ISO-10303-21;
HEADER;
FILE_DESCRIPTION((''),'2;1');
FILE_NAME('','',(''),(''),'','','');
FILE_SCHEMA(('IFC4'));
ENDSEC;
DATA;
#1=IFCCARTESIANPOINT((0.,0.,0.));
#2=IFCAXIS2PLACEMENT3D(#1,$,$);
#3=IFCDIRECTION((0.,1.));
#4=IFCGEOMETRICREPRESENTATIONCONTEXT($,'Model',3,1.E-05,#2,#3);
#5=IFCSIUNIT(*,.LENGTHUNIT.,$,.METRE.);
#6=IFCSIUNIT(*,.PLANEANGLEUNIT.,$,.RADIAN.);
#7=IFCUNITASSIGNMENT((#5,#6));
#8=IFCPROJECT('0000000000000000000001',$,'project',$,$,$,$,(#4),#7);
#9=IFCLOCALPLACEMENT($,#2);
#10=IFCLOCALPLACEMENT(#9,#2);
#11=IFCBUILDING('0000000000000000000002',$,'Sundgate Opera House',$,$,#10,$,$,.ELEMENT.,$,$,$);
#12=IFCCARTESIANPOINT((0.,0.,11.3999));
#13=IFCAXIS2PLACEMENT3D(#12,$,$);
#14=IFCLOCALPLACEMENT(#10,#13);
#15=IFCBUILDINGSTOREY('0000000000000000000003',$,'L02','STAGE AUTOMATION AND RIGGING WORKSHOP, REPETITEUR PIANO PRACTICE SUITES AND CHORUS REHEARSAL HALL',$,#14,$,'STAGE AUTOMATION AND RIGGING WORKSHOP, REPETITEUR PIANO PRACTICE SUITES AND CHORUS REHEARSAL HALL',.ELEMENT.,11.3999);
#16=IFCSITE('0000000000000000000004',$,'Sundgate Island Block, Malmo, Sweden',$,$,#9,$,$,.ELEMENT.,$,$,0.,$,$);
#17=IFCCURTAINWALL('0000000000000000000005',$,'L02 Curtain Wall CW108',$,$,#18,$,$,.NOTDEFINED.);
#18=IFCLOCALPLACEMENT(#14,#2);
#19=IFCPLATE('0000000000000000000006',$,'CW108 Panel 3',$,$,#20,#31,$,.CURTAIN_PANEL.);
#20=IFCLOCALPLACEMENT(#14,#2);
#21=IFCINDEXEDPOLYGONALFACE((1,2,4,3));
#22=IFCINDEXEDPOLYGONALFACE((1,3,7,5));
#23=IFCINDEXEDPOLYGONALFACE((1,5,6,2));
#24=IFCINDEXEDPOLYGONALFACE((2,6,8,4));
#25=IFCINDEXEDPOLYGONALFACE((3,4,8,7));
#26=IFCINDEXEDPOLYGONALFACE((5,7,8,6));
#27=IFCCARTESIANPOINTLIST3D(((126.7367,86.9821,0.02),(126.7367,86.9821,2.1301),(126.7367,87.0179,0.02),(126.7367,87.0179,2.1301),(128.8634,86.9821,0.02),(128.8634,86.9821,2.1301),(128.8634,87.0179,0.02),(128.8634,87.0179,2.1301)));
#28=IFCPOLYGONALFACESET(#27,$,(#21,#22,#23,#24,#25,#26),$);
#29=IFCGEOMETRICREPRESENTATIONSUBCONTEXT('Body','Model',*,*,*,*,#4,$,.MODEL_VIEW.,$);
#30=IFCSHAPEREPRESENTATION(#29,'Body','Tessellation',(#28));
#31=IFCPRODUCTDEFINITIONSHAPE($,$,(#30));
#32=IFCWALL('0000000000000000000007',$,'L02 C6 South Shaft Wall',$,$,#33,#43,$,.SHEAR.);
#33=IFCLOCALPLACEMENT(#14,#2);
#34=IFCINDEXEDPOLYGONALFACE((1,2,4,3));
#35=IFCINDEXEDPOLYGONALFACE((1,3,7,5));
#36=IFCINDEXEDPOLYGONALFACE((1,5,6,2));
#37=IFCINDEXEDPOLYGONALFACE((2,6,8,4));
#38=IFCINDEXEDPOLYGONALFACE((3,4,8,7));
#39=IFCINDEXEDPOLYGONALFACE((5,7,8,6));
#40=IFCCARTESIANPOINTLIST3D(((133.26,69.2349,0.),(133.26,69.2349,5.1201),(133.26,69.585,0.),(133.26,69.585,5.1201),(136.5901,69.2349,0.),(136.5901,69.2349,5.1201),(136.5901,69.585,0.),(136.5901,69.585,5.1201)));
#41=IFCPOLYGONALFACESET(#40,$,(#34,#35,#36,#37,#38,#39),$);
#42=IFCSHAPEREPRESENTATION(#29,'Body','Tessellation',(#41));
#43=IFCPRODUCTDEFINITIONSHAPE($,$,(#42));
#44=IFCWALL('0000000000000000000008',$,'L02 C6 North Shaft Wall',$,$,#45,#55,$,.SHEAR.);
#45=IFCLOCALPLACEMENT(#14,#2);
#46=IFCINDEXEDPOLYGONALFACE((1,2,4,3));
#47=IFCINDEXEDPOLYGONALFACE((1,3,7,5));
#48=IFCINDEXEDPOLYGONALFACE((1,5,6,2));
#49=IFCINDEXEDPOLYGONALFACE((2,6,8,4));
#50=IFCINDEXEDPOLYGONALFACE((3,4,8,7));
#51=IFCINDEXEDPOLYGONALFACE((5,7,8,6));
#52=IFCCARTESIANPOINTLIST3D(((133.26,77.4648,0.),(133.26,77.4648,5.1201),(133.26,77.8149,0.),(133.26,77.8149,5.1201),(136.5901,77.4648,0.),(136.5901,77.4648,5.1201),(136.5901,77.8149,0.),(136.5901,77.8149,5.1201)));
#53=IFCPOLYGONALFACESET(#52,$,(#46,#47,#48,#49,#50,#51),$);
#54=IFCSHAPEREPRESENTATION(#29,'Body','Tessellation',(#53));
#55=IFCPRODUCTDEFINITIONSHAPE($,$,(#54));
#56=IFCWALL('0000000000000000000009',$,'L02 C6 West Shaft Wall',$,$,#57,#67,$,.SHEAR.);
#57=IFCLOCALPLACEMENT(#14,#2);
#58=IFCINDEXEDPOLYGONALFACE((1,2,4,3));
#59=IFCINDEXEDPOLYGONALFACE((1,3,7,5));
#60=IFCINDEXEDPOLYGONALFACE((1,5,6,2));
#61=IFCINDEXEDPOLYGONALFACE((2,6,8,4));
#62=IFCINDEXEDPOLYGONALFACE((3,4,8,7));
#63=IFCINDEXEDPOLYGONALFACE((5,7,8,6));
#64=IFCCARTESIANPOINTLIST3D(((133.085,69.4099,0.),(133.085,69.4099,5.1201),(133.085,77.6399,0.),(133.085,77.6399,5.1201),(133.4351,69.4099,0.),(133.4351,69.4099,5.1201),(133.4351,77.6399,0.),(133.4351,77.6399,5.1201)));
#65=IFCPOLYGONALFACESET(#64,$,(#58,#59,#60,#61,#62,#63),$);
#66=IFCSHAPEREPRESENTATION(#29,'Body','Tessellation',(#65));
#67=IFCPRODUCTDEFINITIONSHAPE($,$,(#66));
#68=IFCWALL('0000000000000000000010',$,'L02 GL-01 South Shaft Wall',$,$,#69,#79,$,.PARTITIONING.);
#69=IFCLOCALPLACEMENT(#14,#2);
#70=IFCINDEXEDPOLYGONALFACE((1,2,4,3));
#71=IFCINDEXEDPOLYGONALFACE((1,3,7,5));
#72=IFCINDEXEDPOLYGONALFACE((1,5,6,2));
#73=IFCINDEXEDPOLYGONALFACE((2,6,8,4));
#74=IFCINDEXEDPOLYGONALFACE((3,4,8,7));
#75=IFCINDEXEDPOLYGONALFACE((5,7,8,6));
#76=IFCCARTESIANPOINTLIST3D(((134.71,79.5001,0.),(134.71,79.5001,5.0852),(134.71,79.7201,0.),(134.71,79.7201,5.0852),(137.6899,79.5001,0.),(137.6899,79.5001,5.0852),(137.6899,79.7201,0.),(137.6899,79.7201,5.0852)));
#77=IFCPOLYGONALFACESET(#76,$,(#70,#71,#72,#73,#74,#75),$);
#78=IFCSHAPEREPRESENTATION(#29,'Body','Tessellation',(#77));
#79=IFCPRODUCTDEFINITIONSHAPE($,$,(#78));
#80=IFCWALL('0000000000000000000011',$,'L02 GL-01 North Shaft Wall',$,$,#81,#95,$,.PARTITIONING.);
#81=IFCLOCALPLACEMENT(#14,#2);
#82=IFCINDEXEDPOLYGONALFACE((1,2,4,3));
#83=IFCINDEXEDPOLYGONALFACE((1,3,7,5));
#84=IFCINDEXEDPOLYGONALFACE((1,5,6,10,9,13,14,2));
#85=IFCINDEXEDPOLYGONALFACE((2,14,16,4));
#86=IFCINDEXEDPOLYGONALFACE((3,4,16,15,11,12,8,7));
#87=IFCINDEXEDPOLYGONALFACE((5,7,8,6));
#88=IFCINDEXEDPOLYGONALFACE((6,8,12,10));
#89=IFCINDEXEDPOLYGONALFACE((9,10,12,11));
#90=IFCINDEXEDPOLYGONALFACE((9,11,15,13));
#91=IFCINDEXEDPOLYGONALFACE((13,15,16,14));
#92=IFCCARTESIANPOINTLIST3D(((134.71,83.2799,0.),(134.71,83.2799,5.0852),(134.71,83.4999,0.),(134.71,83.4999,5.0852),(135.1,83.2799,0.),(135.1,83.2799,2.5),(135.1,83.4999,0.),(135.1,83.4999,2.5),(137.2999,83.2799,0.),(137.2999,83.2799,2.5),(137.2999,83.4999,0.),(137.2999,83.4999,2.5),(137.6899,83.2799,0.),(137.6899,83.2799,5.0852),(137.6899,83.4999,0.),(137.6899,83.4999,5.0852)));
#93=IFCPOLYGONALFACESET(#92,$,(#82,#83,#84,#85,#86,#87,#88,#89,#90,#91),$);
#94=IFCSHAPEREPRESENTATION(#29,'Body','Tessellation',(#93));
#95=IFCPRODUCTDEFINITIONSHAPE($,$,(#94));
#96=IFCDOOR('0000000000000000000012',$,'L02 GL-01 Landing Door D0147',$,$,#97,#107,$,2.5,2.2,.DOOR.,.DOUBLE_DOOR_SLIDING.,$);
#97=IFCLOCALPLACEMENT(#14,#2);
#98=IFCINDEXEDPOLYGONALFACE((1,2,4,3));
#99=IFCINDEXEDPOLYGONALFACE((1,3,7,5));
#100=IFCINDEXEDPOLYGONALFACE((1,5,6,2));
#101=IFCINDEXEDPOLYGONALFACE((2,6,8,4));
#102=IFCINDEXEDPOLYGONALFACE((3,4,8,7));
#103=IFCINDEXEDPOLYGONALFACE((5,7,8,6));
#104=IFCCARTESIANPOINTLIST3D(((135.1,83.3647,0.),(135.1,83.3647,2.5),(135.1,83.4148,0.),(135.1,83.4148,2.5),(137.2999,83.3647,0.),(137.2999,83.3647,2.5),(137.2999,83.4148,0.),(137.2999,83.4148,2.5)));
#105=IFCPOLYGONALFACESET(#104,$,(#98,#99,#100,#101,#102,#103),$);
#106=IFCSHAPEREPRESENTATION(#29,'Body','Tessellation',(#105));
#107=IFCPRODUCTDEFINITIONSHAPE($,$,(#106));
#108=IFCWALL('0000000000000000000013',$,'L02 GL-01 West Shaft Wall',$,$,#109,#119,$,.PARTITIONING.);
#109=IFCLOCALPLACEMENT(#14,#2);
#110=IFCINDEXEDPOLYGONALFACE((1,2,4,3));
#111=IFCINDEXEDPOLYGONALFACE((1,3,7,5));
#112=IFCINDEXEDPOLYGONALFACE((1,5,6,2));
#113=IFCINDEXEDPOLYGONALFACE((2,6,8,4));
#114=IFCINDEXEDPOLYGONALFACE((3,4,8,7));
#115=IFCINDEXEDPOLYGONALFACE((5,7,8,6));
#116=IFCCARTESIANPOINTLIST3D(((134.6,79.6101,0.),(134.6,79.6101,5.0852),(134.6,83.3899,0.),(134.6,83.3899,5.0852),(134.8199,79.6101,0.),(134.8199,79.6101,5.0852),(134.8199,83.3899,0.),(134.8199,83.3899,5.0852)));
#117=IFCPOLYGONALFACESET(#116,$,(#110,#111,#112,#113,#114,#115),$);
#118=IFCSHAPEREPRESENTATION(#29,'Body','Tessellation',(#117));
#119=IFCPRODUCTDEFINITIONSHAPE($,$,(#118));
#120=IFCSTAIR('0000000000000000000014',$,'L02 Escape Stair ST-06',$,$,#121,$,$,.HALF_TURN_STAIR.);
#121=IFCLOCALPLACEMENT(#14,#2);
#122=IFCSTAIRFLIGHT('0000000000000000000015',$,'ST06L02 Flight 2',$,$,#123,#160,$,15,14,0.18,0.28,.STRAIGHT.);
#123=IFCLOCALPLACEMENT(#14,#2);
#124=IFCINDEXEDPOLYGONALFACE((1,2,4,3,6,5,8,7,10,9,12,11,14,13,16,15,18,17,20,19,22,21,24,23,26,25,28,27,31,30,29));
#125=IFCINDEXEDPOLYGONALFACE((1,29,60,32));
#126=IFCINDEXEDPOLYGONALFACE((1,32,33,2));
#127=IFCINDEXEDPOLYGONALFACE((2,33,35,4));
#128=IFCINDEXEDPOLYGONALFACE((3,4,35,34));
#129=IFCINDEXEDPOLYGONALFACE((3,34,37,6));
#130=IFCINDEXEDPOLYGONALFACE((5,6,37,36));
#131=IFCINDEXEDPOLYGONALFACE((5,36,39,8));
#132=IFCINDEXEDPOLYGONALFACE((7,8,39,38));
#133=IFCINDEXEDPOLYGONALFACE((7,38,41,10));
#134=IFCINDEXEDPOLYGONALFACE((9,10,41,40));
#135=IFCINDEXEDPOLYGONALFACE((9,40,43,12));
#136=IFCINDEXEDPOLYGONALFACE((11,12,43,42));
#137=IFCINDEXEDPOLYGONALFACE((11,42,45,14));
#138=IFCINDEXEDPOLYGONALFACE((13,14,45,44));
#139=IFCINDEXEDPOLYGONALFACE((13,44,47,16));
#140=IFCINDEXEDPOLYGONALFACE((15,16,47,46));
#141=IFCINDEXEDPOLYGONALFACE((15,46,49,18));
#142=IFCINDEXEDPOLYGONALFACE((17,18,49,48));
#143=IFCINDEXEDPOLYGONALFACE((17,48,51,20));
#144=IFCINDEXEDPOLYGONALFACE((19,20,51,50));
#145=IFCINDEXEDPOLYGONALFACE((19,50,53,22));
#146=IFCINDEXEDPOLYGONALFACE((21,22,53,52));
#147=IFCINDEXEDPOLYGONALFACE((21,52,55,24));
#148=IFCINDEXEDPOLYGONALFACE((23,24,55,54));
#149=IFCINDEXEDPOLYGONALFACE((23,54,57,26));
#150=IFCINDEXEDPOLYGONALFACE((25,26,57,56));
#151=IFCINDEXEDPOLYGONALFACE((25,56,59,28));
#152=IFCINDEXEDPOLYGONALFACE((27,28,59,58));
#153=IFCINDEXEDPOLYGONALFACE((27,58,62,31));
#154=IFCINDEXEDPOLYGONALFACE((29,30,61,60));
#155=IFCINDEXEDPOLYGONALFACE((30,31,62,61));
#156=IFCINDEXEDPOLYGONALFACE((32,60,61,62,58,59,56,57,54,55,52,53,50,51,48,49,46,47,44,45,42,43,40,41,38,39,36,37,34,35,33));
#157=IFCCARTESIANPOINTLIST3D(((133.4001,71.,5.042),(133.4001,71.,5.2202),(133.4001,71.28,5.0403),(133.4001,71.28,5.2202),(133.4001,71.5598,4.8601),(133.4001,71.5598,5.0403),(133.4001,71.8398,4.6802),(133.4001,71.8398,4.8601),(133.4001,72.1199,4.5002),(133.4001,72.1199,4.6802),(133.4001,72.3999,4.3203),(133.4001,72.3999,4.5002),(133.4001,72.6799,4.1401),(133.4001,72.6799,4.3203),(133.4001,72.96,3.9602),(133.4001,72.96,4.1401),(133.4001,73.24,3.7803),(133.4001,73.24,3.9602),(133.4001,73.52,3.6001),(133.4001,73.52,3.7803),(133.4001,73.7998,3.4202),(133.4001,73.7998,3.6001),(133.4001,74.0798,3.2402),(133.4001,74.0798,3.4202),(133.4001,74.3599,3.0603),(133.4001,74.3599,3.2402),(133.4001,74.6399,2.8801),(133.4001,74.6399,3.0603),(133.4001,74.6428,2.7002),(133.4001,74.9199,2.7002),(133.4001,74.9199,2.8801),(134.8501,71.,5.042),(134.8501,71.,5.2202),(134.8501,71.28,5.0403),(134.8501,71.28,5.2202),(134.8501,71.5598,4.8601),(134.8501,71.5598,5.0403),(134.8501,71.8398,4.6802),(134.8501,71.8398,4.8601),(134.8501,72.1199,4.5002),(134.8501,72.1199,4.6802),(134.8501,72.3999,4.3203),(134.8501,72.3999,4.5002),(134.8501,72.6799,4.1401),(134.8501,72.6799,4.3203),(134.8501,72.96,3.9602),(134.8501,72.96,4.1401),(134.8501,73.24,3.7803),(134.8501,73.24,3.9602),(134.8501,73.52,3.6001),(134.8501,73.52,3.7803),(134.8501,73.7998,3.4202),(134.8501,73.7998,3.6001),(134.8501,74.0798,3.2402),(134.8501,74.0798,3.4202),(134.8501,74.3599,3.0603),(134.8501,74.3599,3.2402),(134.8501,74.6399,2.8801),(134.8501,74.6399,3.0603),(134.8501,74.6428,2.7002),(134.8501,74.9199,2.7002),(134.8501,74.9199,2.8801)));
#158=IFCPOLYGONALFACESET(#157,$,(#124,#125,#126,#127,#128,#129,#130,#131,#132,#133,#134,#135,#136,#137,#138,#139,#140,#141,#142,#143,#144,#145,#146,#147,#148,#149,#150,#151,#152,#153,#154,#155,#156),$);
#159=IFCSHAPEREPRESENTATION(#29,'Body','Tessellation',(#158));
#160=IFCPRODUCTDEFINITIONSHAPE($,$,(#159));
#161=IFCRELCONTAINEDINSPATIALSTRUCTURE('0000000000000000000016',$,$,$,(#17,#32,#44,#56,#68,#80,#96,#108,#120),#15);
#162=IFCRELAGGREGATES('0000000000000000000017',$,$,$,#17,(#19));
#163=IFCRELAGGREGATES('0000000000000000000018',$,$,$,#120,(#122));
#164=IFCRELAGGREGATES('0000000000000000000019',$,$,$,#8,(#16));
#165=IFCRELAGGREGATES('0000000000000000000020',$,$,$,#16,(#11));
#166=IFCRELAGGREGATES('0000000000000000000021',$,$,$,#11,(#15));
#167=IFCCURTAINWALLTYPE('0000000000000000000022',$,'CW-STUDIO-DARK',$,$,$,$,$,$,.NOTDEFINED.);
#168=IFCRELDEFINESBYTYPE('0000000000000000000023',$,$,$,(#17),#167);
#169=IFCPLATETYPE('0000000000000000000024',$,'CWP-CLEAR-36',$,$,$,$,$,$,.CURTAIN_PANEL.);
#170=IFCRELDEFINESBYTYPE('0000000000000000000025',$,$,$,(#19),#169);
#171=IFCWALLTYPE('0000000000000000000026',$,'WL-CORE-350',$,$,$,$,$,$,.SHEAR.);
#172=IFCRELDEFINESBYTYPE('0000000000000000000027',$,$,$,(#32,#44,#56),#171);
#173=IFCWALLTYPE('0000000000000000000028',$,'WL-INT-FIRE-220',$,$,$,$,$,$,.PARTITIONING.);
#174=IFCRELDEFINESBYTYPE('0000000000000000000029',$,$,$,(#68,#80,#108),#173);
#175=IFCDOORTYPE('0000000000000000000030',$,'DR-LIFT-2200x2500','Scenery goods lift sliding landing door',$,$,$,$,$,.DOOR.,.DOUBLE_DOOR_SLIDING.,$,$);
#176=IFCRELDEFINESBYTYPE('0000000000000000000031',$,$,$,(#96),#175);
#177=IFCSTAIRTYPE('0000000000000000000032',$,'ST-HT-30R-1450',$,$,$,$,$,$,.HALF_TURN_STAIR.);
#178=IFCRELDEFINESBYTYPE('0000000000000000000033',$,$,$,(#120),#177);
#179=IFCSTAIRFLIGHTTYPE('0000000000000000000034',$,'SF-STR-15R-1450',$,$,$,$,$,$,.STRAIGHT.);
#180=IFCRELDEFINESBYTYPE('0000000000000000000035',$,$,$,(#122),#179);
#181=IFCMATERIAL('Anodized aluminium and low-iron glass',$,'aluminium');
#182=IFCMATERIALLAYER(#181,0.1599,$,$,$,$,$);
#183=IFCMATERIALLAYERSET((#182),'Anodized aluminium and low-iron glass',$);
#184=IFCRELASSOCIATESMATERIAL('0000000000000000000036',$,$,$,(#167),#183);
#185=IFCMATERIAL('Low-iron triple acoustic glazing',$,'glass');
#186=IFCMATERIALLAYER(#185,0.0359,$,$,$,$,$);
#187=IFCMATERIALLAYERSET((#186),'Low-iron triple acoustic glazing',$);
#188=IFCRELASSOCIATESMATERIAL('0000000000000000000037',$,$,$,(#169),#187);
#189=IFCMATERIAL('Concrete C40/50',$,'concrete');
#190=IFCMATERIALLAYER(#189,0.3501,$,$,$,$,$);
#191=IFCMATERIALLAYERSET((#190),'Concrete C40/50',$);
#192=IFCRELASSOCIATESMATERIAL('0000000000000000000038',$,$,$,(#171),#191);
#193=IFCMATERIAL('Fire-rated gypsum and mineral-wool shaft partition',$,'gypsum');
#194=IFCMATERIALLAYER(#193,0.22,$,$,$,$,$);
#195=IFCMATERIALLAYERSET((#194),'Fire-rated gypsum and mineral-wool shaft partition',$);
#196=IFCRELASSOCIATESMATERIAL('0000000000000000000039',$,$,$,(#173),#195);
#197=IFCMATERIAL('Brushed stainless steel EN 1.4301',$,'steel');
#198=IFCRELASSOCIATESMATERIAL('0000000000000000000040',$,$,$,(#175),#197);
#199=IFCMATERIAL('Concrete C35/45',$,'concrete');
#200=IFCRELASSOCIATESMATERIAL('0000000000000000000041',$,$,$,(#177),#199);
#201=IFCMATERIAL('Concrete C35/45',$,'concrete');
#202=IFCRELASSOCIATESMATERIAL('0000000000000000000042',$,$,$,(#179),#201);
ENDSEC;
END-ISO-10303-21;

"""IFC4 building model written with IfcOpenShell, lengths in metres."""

from ifc_helpers import new_model, si_unit, direction, frame, frame_2d, origin, origin_2d, place, context, subcontext, project, spatial, polyline, rectangle, outline, extrude, material, layer, layer_set, type_object, element, fill, aggregate, save


model = new_model("IFC4")

# Units and contexts
model_context = context("Model", 3, precision=1e-05, world=origin(), true_north=direction((0.0, 1.0)))
body_context = subcontext(model_context, "Body", "Model", "MODEL_VIEW")
ifc_project = project(units=[si_unit("LENGTHUNIT", "METRE"), si_unit("PLANEANGLEUNIT", "RADIAN")], contexts=[model_context])

# Site, building, storey
site_placement = place(None, origin())
site = spatial("IfcSite", under=ifc_project, at=site_placement, Name="Sundgate Island Block, Malmo, Sweden", CompositionType="ELEMENT", RefElevation=0.0)
building_placement = place(site_placement, origin())
building = spatial("IfcBuilding", under=site, at=building_placement, Name="Sundgate Opera House", CompositionType="ELEMENT")
storey_placement = place(building_placement, frame((0.0, 0.0, 11.3999)))
storey = spatial("IfcBuildingStorey", under=building, at=storey_placement, Name="L02", Description="STAGE AUTOMATION AND RIGGING WORKSHOP, REPETITEUR PIANO PRACTICE SUITES AND CHORUS REHEARSAL HALL", LongName="STAGE AUTOMATION AND RIGGING WORKSHOP, REPETITEUR PIANO PRACTICE SUITES AND CHORUS REHEARSAL HALL", CompositionType="ELEMENT", Elevation=11.3999)

# Curtain wall, plate
ifc_material_1 = material(Name="Anodized aluminium and low-iron glass", Category="aluminium")
ifc_layer_1 = layer(ifc_material_1, 0.1599)
ifc_layer_set_1 = layer_set([ifc_layer_1], Name="Anodized aluminium and low-iron glass")
curtain_wall_type = type_object("IfcCurtainWallType", Name="CW-STUDIO-DARK", PredefinedType="NOTDEFINED", material=ifc_layer_set_1)
curtain_wall_placement = place(storey_placement, origin())
curtain_wall = element("IfcCurtainWall", 1, at=curtain_wall_placement, inside=storey, type_object=curtain_wall_type, Name="L02 Curtain Wall CW108", PredefinedType="NOTDEFINED")
ifc_material_2 = material(Name="Low-iron triple acoustic glazing", Category="glass")
ifc_layer_2 = layer(ifc_material_2, 0.0359)
ifc_layer_set_2 = layer_set([ifc_layer_2], Name="Low-iron triple acoustic glazing")
plate_type = type_object("IfcPlateType", Name="CWP-CLEAR-36", PredefinedType="CURTAIN_PANEL", material=ifc_layer_set_2)
plate_placement = place(storey_placement, frame((127.8, 87.0, 0.02), z_axis=(0.0, 0.0, 1.0), x_axis=(1.0, 0.0, 0.0)))
plate = element("IfcPlate", 2, at=plate_placement, type_object=plate_type, Name="CW108 Panel 3", PredefinedType="CURTAIN_PANEL", context=body_context, shape_type="SweptSolid", body=[
    extrude(rectangle(XDim=2.1267, YDim=0.0359, at=origin_2d()), origin(), (0.0, 0.0, 1.0), 2.1101),
])
aggregate(curtain_wall, [plate])

# Walls
ifc_material_3 = material(Name="Concrete C40/50", Category="concrete")
ifc_layer_3 = layer(ifc_material_3, 0.3501)
ifc_layer_set_3 = layer_set([ifc_layer_3], Name="Concrete C40/50")
wall_type_1 = type_object("IfcWallType", Name="WL-CORE-350", PredefinedType="SHEAR", material=ifc_layer_set_3)
for number, where, z_axis, x_axis, name in (
    (3, (133.26, 69.4099, 0.0), (0.0, 0.0, 1.0), (1.0, 0.0, 0.0), "L02 C6 South Shaft Wall"),
    (4, (133.26, 77.6399, 0.0), (0.0, 0.0, 1.0), (1.0, 0.0, 0.0), "L02 C6 North Shaft Wall"),
):
    element("IfcWall", number, at=place(storey_placement, frame(where, z_axis=z_axis, x_axis=x_axis)), inside=storey, type_object=wall_type_1, Name=name, PredefinedType="SHEAR", context=body_context, shape_type="SweptSolid", body=[
        extrude(rectangle(XDim=3.3301, YDim=0.3501, at=frame_2d((1.665, 0.0))), origin(), (0.0, 0.0, 1.0), 5.1201),
    ])
wall_1_placement = place(storey_placement, frame((133.26, 69.4099, 0.0), z_axis=(0.0, 0.0, 1.0), x_axis=(0.0, 1.0, 0.0)))
element("IfcWall", 5, at=wall_1_placement, inside=storey, type_object=wall_type_1, Name="L02 C6 West Shaft Wall", PredefinedType="SHEAR", context=body_context, shape_type="SweptSolid", body=[
    extrude(rectangle(XDim=8.23, YDim=0.3501, at=frame_2d((4.115, 0.0))), origin(), (0.0, 0.0, 1.0), 5.1201),
])
ifc_material_4 = material(Name="Fire-rated gypsum and mineral-wool shaft partition", Category="gypsum")
ifc_layer_4 = layer(ifc_material_4, 0.22)
ifc_layer_set_4 = layer_set([ifc_layer_4], Name="Fire-rated gypsum and mineral-wool shaft partition")
wall_type_2 = type_object("IfcWallType", Name="WL-INT-FIRE-220", PredefinedType="PARTITIONING", material=ifc_layer_set_4)
wall_2_placement = place(storey_placement, frame((134.71, 79.6101, 0.0), z_axis=(0.0, 0.0, 1.0), x_axis=(1.0, 0.0, 0.0)))
element("IfcWall", 6, at=wall_2_placement, inside=storey, type_object=wall_type_2, Name="L02 GL-01 South Shaft Wall", PredefinedType="PARTITIONING", context=body_context, shape_type="SweptSolid", body=[
    extrude(rectangle(XDim=2.98, YDim=0.22, at=frame_2d((1.49, 0.0))), origin(), (0.0, 0.0, 1.0), 5.0852),
])

# Wall, opening, door
wall_3_placement = place(storey_placement, frame((134.71, 83.3899, 0.0), z_axis=(0.0, 0.0, 1.0), x_axis=(1.0, 0.0, 0.0)))
wall_3 = element("IfcWall", 7, at=wall_3_placement, inside=storey, type_object=wall_type_2, Name="L02 GL-01 North Shaft Wall", PredefinedType="PARTITIONING", context=body_context, shape_type="SweptSolid", body=[
    extrude(rectangle(XDim=2.98, YDim=0.22, at=frame_2d((1.49, 0.0))), origin(), (0.0, 0.0, 1.0), 5.0852),
])
opening_placement = place(wall_3_placement, frame((0.3899, 0.0, 0.0)))
opening = element("IfcOpeningElement", 8, at=opening_placement, cuts=wall_3, PredefinedType="OPENING", context=body_context, shape_type="SweptSolid", body=[
    extrude(rectangle(XDim=2.2, YDim=2.5, at=frame_2d((1.1001, 1.25))), frame((0.0, 0.1199, 0.0), z_axis=(0.0, -1.0, 0.0), x_axis=(1.0, 0.0, 0.0)), (0.0, 0.0, 1.0), 0.24),
])
ifc_material_5 = material(Name="Brushed stainless steel EN 1.4301", Category="steel")
door_type = type_object("IfcDoorType", Name="DR-LIFT-2200x2500", Description="Scenery goods lift sliding landing door", OperationType="DOUBLE_DOOR_SLIDING", PredefinedType="DOOR", material=ifc_material_5)
door_placement = place(opening_placement, origin())
door = element("IfcDoor", 9, at=door_placement, inside=storey, type_object=door_type, Name="L02 GL-01 Landing Door D0147", OperationType="DOUBLE_DOOR_SLIDING", OverallHeight=2.5, OverallWidth=2.2, PredefinedType="DOOR", context=body_context, shape_type="SweptSolid", body=[
    extrude(rectangle(XDim=2.2, YDim=2.5, at=frame_2d((1.1001, 1.25))), frame((0.0, 0.0249, 0.0), z_axis=(0.0, -1.0, 0.0), x_axis=(1.0, 0.0, 0.0)), (0.0, 0.0, 1.0), 0.05),
])
fill(opening, door)

# Wall
wall_4_placement = place(storey_placement, frame((134.71, 79.6101, 0.0), z_axis=(0.0, 0.0, 1.0), x_axis=(0.0, 1.0, 0.0)))
element("IfcWall", 10, at=wall_4_placement, inside=storey, type_object=wall_type_2, Name="L02 GL-01 West Shaft Wall", PredefinedType="PARTITIONING", context=body_context, shape_type="SweptSolid", body=[
    extrude(rectangle(XDim=3.7798, YDim=0.22, at=frame_2d((1.8899, 0.0))), origin(), (0.0, 0.0, 1.0), 5.0852),
])

# Stair, stair flight
ifc_material_6 = material(Name="Concrete C35/45", Category="concrete")
stair_type = type_object("IfcStairType", Name="ST-HT-30R-1450", PredefinedType="HALF_TURN_STAIR", material=ifc_material_6)
stair_placement = place(storey_placement, origin())
stair = element("IfcStair", 11, at=stair_placement, inside=storey, type_object=stair_type, Name="L02 Escape Stair ST-06", PredefinedType="HALF_TURN_STAIR")
ifc_material_7 = material(Name="Concrete C35/45", Category="concrete")
stair_flight_type = type_object("IfcStairFlightType", Name="SF-STR-15R-1450", PredefinedType="STRAIGHT", material=ifc_material_7)
stair_flight_placement = place(storey_placement, frame((134.125, 74.9199, 2.7002), z_axis=(0.0, 0.0, 1.0), x_axis=(0.0, -1.0, 0.0)))
stair_flight = element("IfcStairFlight", 12, at=stair_flight_placement, type_object=stair_flight_type, Name="ST06L02 Flight 2", NumberOfRisers=15, NumberOfTreads=14, PredefinedType="STRAIGHT", RiserHeight=0.18, TreadLength=0.28, context=body_context, shape_type="SweptSolid", body=[
    extrude(outline(polyline([(0.0, 0.0), (0.0, 0.1799), (0.28, 0.1799), (0.28, 0.3601), (0.5601, 0.3601), (0.5601, 0.54), (0.8401, 0.54), (0.8401, 0.72), (1.1201, 0.72), (1.1201, 0.8999), (1.3999, 0.8999), (1.3999, 1.0801), (1.6799, 1.0801), (1.6799, 1.26), (1.96, 1.26), (1.96, 1.4399), (2.24, 1.4399), (2.24, 1.6201), (2.52, 1.6201), (2.52, 1.8), (2.8, 1.8), (2.8, 1.98), (3.0801, 1.98), (3.0801, 2.1599), (3.3601, 2.1599), (3.3601, 2.3401), (3.6399, 2.3401), (3.6399, 2.52), (3.9199, 2.52), (3.9199, 2.7), (3.9199, 2.3418), (0.2771, 0.0), (0.0, 0.0)])), frame((0.0, 0.7251, 0.0), z_axis=(0.0, -1.0, 0.0), x_axis=(1.0, 0.0, 0.0)), (0.0, 0.0, 1.0), 1.45),
])
aggregate(stair, [stair_flight])

save(model, "model.ifc")
